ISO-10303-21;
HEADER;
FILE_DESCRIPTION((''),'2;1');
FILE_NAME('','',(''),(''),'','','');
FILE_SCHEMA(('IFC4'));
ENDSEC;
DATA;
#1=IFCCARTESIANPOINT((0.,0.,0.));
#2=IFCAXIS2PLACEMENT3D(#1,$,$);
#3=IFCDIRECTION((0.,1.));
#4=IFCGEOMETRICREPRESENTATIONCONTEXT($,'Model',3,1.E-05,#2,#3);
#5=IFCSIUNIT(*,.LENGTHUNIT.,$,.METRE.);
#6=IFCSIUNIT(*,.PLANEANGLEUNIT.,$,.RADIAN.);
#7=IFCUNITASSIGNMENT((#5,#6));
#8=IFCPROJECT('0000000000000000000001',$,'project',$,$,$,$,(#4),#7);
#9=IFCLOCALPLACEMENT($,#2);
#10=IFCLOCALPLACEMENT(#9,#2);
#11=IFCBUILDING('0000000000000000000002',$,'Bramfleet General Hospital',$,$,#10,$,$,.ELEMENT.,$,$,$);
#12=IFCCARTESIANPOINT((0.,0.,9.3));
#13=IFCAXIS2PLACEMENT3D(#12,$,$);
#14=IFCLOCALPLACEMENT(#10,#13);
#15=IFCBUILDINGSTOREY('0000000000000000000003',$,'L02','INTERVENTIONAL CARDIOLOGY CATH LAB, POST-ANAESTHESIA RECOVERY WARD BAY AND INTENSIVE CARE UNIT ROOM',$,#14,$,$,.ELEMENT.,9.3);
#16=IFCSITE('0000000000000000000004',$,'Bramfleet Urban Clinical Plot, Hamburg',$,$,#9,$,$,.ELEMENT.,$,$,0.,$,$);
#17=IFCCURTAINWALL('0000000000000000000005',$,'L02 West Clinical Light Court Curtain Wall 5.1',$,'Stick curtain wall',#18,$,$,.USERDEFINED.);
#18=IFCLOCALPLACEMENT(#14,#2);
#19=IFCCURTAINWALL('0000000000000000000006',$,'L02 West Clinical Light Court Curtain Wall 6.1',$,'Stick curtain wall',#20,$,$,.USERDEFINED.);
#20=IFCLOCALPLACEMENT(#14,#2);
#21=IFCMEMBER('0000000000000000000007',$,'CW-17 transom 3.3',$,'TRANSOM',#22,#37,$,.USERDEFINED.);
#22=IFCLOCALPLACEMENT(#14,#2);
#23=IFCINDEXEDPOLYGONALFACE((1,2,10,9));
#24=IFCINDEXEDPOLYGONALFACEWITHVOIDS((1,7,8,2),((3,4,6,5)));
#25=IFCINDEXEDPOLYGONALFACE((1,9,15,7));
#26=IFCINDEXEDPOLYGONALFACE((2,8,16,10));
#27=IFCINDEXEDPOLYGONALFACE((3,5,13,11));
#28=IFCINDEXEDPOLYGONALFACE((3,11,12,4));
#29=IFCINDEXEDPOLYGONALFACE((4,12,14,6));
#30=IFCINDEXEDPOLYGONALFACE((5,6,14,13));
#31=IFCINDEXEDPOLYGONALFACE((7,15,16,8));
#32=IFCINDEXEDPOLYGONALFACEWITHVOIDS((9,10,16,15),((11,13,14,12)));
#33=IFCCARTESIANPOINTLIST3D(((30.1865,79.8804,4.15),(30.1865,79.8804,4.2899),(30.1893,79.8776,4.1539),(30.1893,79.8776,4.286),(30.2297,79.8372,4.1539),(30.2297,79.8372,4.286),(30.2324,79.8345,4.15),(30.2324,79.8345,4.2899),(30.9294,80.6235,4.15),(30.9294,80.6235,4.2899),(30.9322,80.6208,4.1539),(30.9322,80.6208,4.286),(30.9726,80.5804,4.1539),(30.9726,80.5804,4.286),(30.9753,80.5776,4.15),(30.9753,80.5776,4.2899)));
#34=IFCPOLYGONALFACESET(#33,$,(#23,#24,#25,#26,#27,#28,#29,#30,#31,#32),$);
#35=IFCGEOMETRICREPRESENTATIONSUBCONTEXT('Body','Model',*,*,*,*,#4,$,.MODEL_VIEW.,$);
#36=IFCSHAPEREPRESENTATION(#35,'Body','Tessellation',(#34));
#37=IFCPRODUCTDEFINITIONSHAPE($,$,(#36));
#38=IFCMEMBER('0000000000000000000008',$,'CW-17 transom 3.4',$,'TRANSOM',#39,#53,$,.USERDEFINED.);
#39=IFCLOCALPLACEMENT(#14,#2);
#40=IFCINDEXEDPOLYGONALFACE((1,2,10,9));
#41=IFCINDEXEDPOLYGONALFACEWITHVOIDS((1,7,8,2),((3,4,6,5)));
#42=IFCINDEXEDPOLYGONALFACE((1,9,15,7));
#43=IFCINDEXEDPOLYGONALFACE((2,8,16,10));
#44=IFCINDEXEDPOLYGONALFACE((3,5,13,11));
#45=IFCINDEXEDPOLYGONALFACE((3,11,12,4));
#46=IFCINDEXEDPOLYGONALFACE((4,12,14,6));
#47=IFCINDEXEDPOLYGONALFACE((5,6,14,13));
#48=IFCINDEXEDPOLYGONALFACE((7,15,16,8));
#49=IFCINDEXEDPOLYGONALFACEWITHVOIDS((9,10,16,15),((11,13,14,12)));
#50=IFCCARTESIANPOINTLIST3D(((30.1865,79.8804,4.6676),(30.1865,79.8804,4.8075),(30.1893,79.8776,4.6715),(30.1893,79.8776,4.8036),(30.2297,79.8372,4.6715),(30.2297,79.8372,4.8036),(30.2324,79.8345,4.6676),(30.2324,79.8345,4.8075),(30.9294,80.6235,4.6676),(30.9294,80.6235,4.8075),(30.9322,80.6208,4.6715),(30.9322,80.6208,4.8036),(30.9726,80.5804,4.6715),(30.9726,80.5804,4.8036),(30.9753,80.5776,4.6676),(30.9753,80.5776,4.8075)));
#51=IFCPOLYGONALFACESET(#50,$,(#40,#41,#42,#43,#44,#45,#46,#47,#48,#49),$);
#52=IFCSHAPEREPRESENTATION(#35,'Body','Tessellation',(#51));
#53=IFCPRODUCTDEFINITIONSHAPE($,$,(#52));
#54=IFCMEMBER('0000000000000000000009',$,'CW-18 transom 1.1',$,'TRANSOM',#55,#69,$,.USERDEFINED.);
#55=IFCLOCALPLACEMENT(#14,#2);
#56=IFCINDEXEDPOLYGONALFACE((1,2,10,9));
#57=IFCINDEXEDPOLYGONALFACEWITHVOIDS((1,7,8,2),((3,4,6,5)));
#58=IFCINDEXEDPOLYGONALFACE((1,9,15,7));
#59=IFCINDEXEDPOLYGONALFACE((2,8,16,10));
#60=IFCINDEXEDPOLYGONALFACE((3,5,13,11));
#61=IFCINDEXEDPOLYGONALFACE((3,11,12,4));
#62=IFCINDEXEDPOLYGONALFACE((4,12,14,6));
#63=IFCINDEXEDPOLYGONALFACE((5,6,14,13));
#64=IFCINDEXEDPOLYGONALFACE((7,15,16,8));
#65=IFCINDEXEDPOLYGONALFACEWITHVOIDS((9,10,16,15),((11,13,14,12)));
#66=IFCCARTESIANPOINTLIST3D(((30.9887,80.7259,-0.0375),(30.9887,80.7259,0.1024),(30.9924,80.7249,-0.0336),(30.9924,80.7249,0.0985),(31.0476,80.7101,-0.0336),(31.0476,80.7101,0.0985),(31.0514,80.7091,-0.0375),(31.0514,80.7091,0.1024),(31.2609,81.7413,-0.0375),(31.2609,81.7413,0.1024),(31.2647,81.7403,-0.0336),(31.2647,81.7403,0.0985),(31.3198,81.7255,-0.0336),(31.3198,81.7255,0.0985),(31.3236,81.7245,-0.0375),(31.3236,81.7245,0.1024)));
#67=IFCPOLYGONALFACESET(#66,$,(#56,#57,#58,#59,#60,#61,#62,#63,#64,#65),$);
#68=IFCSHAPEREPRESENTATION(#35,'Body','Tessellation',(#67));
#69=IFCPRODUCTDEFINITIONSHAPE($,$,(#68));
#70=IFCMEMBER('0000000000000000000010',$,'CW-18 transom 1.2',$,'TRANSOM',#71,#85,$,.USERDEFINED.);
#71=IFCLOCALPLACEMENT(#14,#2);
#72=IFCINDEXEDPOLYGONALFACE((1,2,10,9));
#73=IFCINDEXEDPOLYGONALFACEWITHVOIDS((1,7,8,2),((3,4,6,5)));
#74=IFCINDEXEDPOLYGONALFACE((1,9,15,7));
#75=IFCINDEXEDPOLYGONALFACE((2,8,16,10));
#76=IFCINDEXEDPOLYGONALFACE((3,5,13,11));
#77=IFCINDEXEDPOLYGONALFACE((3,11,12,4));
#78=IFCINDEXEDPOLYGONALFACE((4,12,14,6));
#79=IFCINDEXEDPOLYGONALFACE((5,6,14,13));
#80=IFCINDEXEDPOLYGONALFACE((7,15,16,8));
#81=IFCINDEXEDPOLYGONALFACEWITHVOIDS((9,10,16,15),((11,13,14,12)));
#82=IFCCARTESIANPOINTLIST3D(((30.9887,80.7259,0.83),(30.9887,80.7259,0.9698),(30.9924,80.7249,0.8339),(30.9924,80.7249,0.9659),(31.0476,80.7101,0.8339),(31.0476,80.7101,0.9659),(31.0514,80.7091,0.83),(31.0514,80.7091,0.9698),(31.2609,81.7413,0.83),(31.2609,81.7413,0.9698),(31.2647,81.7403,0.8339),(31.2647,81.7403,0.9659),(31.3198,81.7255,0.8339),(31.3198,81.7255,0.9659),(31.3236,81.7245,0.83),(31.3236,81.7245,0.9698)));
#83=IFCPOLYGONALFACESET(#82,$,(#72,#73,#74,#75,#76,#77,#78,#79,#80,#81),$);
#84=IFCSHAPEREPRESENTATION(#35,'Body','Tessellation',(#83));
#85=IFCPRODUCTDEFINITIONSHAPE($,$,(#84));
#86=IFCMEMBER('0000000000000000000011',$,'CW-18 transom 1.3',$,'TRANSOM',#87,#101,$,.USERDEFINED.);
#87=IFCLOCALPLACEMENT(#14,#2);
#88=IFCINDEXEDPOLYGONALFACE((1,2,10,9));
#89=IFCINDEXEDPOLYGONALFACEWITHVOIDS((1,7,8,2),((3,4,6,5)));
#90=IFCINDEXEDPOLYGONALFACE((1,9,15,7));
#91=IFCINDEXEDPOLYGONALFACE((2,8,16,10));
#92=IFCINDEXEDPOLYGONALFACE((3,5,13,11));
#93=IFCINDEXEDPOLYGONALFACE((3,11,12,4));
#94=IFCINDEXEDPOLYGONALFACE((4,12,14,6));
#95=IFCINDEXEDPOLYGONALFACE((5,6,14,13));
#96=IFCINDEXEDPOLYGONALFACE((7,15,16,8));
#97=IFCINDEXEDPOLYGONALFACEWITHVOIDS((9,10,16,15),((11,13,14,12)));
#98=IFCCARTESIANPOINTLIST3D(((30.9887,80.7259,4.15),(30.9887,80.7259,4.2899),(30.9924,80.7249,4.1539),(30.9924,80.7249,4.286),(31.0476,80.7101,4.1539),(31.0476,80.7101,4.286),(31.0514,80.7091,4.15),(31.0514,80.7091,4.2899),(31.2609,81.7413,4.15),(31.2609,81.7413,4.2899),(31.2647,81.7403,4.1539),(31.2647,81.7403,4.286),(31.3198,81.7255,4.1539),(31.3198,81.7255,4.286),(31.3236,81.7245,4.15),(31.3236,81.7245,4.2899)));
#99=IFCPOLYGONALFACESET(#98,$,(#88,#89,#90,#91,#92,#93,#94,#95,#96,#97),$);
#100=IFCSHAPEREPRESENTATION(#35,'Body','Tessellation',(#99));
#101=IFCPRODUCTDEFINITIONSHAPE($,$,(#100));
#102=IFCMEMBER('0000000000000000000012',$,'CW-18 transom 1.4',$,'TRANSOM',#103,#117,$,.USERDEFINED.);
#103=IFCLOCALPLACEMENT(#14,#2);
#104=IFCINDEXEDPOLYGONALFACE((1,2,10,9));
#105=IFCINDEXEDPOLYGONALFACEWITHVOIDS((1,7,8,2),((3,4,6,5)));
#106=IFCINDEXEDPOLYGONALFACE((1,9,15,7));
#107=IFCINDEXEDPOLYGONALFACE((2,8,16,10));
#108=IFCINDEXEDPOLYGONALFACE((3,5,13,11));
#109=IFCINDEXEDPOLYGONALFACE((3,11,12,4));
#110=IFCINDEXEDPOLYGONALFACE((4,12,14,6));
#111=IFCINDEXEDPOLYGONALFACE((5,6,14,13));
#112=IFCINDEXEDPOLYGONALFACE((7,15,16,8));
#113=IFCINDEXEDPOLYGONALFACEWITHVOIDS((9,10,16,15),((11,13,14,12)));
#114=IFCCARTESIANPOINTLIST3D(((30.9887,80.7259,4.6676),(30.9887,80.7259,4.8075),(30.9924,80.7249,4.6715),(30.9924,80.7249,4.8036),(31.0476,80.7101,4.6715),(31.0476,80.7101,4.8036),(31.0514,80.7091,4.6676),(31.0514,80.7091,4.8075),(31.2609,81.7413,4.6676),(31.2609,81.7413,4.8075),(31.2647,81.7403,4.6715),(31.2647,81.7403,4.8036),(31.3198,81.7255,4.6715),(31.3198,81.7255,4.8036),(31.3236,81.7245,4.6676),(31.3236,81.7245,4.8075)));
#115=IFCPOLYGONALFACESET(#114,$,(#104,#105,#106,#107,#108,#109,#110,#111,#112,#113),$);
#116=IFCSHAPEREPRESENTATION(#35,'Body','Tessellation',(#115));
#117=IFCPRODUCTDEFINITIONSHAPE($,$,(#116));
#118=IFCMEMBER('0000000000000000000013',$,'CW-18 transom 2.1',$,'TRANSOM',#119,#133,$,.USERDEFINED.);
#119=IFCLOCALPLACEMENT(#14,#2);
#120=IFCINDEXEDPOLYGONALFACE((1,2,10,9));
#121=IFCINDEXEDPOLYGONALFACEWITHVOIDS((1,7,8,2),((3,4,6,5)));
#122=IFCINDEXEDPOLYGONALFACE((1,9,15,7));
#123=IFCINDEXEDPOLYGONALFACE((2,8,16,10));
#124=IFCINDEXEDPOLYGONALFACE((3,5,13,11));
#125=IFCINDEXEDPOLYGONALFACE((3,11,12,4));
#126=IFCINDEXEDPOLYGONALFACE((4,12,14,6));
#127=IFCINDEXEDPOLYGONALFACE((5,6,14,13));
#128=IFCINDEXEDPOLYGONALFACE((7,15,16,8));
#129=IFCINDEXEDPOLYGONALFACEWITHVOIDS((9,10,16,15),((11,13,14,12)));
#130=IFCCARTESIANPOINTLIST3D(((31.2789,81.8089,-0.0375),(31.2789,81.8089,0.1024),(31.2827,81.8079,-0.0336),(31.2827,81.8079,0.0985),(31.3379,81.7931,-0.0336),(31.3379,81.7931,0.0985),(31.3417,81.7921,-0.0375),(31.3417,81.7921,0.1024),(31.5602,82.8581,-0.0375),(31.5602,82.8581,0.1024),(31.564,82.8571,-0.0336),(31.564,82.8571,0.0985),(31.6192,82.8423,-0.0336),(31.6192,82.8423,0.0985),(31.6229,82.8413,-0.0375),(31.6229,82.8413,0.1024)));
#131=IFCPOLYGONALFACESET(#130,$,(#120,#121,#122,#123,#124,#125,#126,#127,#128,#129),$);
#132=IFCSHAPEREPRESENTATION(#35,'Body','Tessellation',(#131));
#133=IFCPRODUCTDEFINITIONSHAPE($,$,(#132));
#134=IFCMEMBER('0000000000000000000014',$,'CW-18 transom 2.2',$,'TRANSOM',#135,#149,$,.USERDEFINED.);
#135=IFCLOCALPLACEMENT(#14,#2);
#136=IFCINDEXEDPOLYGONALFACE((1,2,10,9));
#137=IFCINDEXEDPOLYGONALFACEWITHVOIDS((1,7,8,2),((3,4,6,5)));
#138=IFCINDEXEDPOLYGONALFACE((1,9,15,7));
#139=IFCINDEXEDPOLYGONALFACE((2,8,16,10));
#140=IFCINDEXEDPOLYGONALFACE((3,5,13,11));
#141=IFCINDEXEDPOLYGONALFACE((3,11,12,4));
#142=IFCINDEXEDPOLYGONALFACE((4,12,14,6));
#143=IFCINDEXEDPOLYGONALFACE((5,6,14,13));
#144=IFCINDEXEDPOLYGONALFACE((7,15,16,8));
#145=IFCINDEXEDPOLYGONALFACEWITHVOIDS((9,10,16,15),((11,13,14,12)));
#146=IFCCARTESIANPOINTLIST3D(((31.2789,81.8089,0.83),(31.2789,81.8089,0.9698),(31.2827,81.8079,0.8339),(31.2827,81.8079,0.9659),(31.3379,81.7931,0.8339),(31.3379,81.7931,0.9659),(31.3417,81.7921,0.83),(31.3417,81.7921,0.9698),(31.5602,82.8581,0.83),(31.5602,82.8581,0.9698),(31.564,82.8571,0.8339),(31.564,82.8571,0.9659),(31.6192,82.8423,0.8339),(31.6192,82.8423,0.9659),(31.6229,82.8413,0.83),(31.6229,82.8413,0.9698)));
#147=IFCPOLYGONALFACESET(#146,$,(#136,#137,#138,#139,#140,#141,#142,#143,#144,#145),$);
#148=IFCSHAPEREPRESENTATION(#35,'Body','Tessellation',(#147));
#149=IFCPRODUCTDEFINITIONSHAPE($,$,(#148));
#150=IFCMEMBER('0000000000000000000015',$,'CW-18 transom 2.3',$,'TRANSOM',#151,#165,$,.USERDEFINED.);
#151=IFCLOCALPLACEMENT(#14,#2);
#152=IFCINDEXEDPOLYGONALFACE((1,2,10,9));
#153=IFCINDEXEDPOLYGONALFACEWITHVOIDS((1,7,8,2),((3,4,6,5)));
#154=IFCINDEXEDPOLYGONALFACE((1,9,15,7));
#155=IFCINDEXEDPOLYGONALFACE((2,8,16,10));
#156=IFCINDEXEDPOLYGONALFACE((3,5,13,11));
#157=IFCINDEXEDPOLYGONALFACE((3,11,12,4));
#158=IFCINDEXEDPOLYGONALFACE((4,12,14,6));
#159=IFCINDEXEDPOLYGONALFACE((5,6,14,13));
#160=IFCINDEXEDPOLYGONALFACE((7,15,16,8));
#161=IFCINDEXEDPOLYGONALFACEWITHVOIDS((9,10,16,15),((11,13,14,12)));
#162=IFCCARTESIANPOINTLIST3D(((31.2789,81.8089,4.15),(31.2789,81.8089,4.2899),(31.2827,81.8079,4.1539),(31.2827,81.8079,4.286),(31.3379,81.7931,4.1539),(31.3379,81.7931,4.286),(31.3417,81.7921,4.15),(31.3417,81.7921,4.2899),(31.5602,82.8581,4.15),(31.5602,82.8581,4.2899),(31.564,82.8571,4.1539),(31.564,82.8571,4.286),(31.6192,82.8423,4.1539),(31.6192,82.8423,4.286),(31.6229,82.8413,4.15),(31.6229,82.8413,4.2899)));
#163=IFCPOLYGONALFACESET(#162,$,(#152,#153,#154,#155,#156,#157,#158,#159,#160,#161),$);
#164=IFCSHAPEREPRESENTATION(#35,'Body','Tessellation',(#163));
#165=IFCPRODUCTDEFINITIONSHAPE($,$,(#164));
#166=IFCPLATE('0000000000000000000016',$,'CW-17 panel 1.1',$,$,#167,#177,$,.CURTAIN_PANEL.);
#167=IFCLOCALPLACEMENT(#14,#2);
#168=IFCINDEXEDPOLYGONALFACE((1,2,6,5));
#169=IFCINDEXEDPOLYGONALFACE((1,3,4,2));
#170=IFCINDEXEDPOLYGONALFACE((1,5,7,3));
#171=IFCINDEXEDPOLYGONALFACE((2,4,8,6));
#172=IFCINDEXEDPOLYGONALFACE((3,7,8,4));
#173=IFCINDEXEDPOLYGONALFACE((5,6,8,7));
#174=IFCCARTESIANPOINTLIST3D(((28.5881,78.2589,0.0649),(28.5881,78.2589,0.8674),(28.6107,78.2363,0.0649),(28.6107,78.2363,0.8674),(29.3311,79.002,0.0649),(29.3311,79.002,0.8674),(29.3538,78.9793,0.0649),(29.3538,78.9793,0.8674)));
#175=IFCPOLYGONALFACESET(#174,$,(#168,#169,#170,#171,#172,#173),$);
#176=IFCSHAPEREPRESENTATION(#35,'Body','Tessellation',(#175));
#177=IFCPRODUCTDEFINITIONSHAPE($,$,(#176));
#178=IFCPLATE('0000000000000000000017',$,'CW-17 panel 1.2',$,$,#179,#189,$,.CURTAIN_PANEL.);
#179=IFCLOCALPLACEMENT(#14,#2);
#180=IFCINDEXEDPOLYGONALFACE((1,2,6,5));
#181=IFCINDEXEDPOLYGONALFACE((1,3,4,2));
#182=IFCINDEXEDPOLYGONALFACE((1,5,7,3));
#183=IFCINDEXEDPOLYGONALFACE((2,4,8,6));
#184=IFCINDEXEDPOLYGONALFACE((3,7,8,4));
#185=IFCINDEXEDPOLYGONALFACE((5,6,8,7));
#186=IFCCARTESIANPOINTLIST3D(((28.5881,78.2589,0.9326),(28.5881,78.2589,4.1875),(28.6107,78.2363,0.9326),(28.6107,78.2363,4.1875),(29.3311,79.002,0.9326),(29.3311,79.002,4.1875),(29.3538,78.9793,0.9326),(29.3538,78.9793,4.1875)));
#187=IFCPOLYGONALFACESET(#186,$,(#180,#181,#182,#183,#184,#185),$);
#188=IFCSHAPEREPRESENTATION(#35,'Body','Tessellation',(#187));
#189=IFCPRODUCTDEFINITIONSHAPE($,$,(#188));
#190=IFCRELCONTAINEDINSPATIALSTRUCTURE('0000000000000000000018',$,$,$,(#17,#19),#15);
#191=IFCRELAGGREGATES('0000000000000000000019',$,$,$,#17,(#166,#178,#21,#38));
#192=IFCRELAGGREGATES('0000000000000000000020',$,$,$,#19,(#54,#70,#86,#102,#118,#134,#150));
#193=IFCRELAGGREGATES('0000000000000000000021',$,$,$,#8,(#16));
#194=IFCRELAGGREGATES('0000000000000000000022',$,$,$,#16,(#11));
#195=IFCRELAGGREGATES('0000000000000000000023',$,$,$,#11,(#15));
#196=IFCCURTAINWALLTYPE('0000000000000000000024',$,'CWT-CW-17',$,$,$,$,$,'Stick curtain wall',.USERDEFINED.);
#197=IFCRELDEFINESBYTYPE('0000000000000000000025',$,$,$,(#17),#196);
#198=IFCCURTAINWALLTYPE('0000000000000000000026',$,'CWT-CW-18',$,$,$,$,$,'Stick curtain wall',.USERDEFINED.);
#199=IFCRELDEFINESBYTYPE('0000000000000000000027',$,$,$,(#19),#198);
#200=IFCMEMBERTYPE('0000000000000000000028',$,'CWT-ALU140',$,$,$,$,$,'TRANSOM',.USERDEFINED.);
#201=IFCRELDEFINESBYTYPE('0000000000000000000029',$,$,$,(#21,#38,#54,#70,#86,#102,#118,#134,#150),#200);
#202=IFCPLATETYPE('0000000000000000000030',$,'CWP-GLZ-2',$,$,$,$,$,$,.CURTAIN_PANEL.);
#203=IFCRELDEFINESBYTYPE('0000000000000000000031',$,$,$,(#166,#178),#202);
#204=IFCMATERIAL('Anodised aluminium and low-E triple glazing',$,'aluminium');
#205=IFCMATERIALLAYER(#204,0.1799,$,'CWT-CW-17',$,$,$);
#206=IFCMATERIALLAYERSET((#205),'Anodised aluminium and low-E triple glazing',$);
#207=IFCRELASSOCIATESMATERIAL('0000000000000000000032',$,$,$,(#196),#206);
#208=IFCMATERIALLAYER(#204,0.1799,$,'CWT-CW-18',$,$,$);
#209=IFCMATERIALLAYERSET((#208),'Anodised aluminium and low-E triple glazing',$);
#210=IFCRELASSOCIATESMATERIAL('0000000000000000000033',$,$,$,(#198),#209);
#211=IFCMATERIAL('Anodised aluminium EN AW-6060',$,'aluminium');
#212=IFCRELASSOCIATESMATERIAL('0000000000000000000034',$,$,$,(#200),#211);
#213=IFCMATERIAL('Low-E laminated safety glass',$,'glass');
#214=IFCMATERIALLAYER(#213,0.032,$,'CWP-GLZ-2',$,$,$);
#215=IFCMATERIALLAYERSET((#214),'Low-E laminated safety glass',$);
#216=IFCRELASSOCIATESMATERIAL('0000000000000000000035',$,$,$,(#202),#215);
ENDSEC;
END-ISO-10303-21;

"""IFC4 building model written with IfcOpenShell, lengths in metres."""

from ifc_helpers import new_model, si_unit, direction, frame, origin, origin_2d, place, context, subcontext, project, spatial, rectangle, hollow_rectangle, extrude, material, layer, layer_set, material_profile, profile_set, type_object, element, aggregate, save


model = new_model("IFC4")

# Units and contexts
model_context = context("Model", 3, precision=1e-05, world=origin(), true_north=direction((0.0, 1.0)))
body_context = subcontext(model_context, "Body", "Model", "MODEL_VIEW")
ifc_project = project(units=[si_unit("LENGTHUNIT", "METRE"), si_unit("PLANEANGLEUNIT", "RADIAN")], contexts=[model_context])

# Site, building, storey
site_placement = place(None, origin())
site = spatial("IfcSite", under=ifc_project, at=site_placement, Name="Bramfleet Urban Clinical Plot, Hamburg", CompositionType="ELEMENT", RefElevation=0.0)
building_placement = place(site_placement, origin())
building = spatial("IfcBuilding", under=site, at=building_placement, Name="Bramfleet General Hospital", CompositionType="ELEMENT")
storey_placement = place(building_placement, frame((0.0, 0.0, 9.3)))
storey = spatial("IfcBuildingStorey", under=building, at=storey_placement, Name="L02", Description="INTERVENTIONAL CARDIOLOGY CATH LAB, POST-ANAESTHESIA RECOVERY WARD BAY AND INTENSIVE CARE UNIT ROOM", CompositionType="ELEMENT", Elevation=9.3)

# Curtain walls
ifc_material_1 = material(Name="Anodised aluminium and low-E triple glazing", Category="aluminium")
ifc_layer_1 = layer(ifc_material_1, 0.1799, Name="CWT-CW-17")
ifc_layer_set_1 = layer_set([ifc_layer_1], Name="Anodised aluminium and low-E triple glazing")
curtain_wall_type_1 = type_object("IfcCurtainWallType", Name="CWT-CW-17", ElementType="Stick curtain wall", PredefinedType="USERDEFINED", material=ifc_layer_set_1)
curtain_wall_1_placement = place(storey_placement, origin())
curtain_wall_1 = element("IfcCurtainWall", 1, at=curtain_wall_1_placement, inside=storey, type_object=curtain_wall_type_1, Name="L02 West Clinical Light Court Curtain Wall 5.1", ObjectType="Stick curtain wall", PredefinedType="USERDEFINED")
ifc_material_2 = material(Name="Anodised aluminium EN AW-6060", Category="aluminium")
ifc_layer_2 = layer(ifc_material_1, 0.1799, Name="CWT-CW-18")
ifc_layer_set_2 = layer_set([ifc_layer_2], Name="Anodised aluminium and low-E triple glazing")
curtain_wall_type_2 = type_object("IfcCurtainWallType", Name="CWT-CW-18", ElementType="Stick curtain wall", PredefinedType="USERDEFINED", material=ifc_layer_set_2)
curtain_wall_2_placement = place(storey_placement, origin())
curtain_wall_2 = element("IfcCurtainWall", 2, at=curtain_wall_2_placement, inside=storey, type_object=curtain_wall_type_2, Name="L02 West Clinical Light Court Curtain Wall 6.1", ObjectType="Stick curtain wall", PredefinedType="USERDEFINED")

# Members
ifc_material_profile_1 = material_profile(ifc_material_2, hollow_rectangle(XDim=0.0649, YDim=0.1399, WallThickness=0.0039, at=origin_2d()), Name="ALU 140x65x4.0")
ifc_profile_set_1 = profile_set([ifc_material_profile_1], Name="Anodised aluminium EN AW-6060")
member_type_1 = type_object("IfcMemberType", Name="CWT-ALU140", ElementType="TRANSOM", PredefinedType="USERDEFINED", material=ifc_profile_set_1)
member_1_placement = place(storey_placement, frame((30.2095, 79.8574, 4.22), z_axis=(0.706991, 0.707223, 0.0), x_axis=(-0.707223, 0.706991, 0.0)))
member_1 = element("IfcMember", 3, at=member_1_placement, type_object=member_type_1, Name="CW-17 transom 3.3", ObjectType="TRANSOM", PredefinedType="USERDEFINED", context=body_context, shape_type="SweptSolid", body=[
    extrude(hollow_rectangle(XDim=0.0649, YDim=0.1399, WallThickness=0.0039, at=origin_2d()), origin(), (0.0, 0.0, 1.0), 1.0508),
])
member_2_placement = place(storey_placement, frame((30.2095, 79.8574, 4.7375), z_axis=(0.706991, 0.707223, 0.0), x_axis=(-0.707223, 0.706991, 0.0)))
member_2 = element("IfcMember", 4, at=member_2_placement, type_object=member_type_1, Name="CW-17 transom 3.4", ObjectType="TRANSOM", PredefinedType="USERDEFINED", context=body_context, shape_type="SweptSolid", body=[
    extrude(hollow_rectangle(XDim=0.0649, YDim=0.1399, WallThickness=0.0039, at=origin_2d()), origin(), (0.0, 0.0, 1.0), 1.0508),
])
member_3_placement = place(storey_placement, frame((31.02, 80.7175, 0.0325), z_axis=(0.258949, 0.965891, 0.0), x_axis=(-0.965891, 0.258949, 0.0)))
member_3 = element("IfcMember", 5, at=member_3_placement, type_object=member_type_1, Name="CW-18 transom 1.1", ObjectType="TRANSOM", PredefinedType="USERDEFINED", context=body_context, shape_type="SweptSolid", body=[
    extrude(hollow_rectangle(XDim=0.0649, YDim=0.1399, WallThickness=0.0039, at=origin_2d()), origin(), (0.0, 0.0, 1.0), 1.0513),
])
member_4_placement = place(storey_placement, frame((31.02, 80.7175, 0.8999), z_axis=(0.258949, 0.965891, 0.0), x_axis=(-0.965891, 0.258949, 0.0)))
member_4 = element("IfcMember", 6, at=member_4_placement, type_object=member_type_1, Name="CW-18 transom 1.2", ObjectType="TRANSOM", PredefinedType="USERDEFINED", context=body_context, shape_type="SweptSolid", body=[
    extrude(hollow_rectangle(XDim=0.0649, YDim=0.1399, WallThickness=0.0039, at=origin_2d()), origin(), (0.0, 0.0, 1.0), 1.0513),
])
member_5_placement = place(storey_placement, frame((31.02, 80.7175, 4.22), z_axis=(0.258949, 0.965891, 0.0), x_axis=(-0.965891, 0.258949, 0.0)))
member_5 = element("IfcMember", 7, at=member_5_placement, type_object=member_type_1, Name="CW-18 transom 1.3", ObjectType="TRANSOM", PredefinedType="USERDEFINED", context=body_context, shape_type="SweptSolid", body=[
    extrude(hollow_rectangle(XDim=0.0649, YDim=0.1399, WallThickness=0.0039, at=origin_2d()), origin(), (0.0, 0.0, 1.0), 1.0513),
])
member_6_placement = place(storey_placement, frame((31.02, 80.7175, 4.7375), z_axis=(0.258949, 0.965891, 0.0), x_axis=(-0.965891, 0.258949, 0.0)))
member_6 = element("IfcMember", 8, at=member_6_placement, type_object=member_type_1, Name="CW-18 transom 1.4", ObjectType="TRANSOM", PredefinedType="USERDEFINED", context=body_context, shape_type="SweptSolid", body=[
    extrude(hollow_rectangle(XDim=0.0649, YDim=0.1399, WallThickness=0.0039, at=origin_2d()), origin(), (0.0, 0.0, 1.0), 1.0513),
])
member_7_placement = place(storey_placement, frame((31.3103, 81.8005, 0.0325), z_axis=(0.25895, 0.965891, 0.0), x_axis=(-0.965891, 0.25895, 0.0)))
member_7 = element("IfcMember", 9, at=member_7_placement, type_object=member_type_1, Name="CW-18 transom 2.1", ObjectType="TRANSOM", PredefinedType="USERDEFINED", context=body_context, shape_type="SweptSolid", body=[
    extrude(hollow_rectangle(XDim=0.0649, YDim=0.1399, WallThickness=0.0039, at=origin_2d()), origin(), (0.0, 0.0, 1.0), 1.0862),
])
member_8_placement = place(storey_placement, frame((31.3103, 81.8005, 0.8999), z_axis=(0.25895, 0.965891, 0.0), x_axis=(-0.965891, 0.25895, 0.0)))
member_8 = element("IfcMember", 10, at=member_8_placement, type_object=member_type_1, Name="CW-18 transom 2.2", ObjectType="TRANSOM", PredefinedType="USERDEFINED", context=body_context, shape_type="SweptSolid", body=[
    extrude(hollow_rectangle(XDim=0.0649, YDim=0.1399, WallThickness=0.0039, at=origin_2d()), origin(), (0.0, 0.0, 1.0), 1.0862),
])
member_9_placement = place(storey_placement, frame((31.3103, 81.8005, 4.22), z_axis=(0.25895, 0.965891, 0.0), x_axis=(-0.965891, 0.25895, 0.0)))
member_9 = element("IfcMember", 11, at=member_9_placement, type_object=member_type_1, Name="CW-18 transom 2.3", ObjectType="TRANSOM", PredefinedType="USERDEFINED", context=body_context, shape_type="SweptSolid", body=[
    extrude(hollow_rectangle(XDim=0.0649, YDim=0.1399, WallThickness=0.0039, at=origin_2d()), origin(), (0.0, 0.0, 1.0), 1.0862),
])

# Plates
ifc_material_3 = material(Name="Low-E laminated safety glass", Category="glass")
ifc_layer_3 = layer(ifc_material_3, 0.032, Name="CWP-GLZ-2")
ifc_layer_set_3 = layer_set([ifc_layer_3], Name="Low-E laminated safety glass")
plate_type = type_object("IfcPlateType", Name="CWP-GLZ-2", PredefinedType="CURTAIN_PANEL", material=ifc_layer_set_3)
plate_1_placement = place(storey_placement, frame((28.9709, 78.6191, 0.0649), z_axis=(0.0, 0.0, 1.0), x_axis=(0.707107, 0.707107, 0.0)))
plate_1 = element("IfcPlate", 12, at=plate_1_placement, type_object=plate_type, Name="CW-17 panel 1.1", PredefinedType="CURTAIN_PANEL", context=body_context, shape_type="SweptSolid", body=[
    extrude(rectangle(XDim=1.0508, YDim=0.032, at=origin_2d()), origin(), (0.0, 0.0, 1.0), 0.8025),
])
plate_2_placement = place(storey_placement, frame((28.9709, 78.6191, 0.9326), z_axis=(0.0, 0.0, 1.0), x_axis=(0.707107, 0.707107, 0.0)))
plate_2 = element("IfcPlate", 13, at=plate_2_placement, type_object=plate_type, Name="CW-17 panel 1.2", PredefinedType="CURTAIN_PANEL", context=body_context, shape_type="SweptSolid", body=[
    extrude(rectangle(XDim=1.0508, YDim=0.032, at=origin_2d()), origin(), (0.0, 0.0, 1.0), 3.2549),
])
aggregate(curtain_wall_1, [plate_1, plate_2, member_1, member_2])
aggregate(curtain_wall_2, [member_3, member_4, member_5, member_6, member_7, member_8, member_9])

save(model, "model.ifc")
